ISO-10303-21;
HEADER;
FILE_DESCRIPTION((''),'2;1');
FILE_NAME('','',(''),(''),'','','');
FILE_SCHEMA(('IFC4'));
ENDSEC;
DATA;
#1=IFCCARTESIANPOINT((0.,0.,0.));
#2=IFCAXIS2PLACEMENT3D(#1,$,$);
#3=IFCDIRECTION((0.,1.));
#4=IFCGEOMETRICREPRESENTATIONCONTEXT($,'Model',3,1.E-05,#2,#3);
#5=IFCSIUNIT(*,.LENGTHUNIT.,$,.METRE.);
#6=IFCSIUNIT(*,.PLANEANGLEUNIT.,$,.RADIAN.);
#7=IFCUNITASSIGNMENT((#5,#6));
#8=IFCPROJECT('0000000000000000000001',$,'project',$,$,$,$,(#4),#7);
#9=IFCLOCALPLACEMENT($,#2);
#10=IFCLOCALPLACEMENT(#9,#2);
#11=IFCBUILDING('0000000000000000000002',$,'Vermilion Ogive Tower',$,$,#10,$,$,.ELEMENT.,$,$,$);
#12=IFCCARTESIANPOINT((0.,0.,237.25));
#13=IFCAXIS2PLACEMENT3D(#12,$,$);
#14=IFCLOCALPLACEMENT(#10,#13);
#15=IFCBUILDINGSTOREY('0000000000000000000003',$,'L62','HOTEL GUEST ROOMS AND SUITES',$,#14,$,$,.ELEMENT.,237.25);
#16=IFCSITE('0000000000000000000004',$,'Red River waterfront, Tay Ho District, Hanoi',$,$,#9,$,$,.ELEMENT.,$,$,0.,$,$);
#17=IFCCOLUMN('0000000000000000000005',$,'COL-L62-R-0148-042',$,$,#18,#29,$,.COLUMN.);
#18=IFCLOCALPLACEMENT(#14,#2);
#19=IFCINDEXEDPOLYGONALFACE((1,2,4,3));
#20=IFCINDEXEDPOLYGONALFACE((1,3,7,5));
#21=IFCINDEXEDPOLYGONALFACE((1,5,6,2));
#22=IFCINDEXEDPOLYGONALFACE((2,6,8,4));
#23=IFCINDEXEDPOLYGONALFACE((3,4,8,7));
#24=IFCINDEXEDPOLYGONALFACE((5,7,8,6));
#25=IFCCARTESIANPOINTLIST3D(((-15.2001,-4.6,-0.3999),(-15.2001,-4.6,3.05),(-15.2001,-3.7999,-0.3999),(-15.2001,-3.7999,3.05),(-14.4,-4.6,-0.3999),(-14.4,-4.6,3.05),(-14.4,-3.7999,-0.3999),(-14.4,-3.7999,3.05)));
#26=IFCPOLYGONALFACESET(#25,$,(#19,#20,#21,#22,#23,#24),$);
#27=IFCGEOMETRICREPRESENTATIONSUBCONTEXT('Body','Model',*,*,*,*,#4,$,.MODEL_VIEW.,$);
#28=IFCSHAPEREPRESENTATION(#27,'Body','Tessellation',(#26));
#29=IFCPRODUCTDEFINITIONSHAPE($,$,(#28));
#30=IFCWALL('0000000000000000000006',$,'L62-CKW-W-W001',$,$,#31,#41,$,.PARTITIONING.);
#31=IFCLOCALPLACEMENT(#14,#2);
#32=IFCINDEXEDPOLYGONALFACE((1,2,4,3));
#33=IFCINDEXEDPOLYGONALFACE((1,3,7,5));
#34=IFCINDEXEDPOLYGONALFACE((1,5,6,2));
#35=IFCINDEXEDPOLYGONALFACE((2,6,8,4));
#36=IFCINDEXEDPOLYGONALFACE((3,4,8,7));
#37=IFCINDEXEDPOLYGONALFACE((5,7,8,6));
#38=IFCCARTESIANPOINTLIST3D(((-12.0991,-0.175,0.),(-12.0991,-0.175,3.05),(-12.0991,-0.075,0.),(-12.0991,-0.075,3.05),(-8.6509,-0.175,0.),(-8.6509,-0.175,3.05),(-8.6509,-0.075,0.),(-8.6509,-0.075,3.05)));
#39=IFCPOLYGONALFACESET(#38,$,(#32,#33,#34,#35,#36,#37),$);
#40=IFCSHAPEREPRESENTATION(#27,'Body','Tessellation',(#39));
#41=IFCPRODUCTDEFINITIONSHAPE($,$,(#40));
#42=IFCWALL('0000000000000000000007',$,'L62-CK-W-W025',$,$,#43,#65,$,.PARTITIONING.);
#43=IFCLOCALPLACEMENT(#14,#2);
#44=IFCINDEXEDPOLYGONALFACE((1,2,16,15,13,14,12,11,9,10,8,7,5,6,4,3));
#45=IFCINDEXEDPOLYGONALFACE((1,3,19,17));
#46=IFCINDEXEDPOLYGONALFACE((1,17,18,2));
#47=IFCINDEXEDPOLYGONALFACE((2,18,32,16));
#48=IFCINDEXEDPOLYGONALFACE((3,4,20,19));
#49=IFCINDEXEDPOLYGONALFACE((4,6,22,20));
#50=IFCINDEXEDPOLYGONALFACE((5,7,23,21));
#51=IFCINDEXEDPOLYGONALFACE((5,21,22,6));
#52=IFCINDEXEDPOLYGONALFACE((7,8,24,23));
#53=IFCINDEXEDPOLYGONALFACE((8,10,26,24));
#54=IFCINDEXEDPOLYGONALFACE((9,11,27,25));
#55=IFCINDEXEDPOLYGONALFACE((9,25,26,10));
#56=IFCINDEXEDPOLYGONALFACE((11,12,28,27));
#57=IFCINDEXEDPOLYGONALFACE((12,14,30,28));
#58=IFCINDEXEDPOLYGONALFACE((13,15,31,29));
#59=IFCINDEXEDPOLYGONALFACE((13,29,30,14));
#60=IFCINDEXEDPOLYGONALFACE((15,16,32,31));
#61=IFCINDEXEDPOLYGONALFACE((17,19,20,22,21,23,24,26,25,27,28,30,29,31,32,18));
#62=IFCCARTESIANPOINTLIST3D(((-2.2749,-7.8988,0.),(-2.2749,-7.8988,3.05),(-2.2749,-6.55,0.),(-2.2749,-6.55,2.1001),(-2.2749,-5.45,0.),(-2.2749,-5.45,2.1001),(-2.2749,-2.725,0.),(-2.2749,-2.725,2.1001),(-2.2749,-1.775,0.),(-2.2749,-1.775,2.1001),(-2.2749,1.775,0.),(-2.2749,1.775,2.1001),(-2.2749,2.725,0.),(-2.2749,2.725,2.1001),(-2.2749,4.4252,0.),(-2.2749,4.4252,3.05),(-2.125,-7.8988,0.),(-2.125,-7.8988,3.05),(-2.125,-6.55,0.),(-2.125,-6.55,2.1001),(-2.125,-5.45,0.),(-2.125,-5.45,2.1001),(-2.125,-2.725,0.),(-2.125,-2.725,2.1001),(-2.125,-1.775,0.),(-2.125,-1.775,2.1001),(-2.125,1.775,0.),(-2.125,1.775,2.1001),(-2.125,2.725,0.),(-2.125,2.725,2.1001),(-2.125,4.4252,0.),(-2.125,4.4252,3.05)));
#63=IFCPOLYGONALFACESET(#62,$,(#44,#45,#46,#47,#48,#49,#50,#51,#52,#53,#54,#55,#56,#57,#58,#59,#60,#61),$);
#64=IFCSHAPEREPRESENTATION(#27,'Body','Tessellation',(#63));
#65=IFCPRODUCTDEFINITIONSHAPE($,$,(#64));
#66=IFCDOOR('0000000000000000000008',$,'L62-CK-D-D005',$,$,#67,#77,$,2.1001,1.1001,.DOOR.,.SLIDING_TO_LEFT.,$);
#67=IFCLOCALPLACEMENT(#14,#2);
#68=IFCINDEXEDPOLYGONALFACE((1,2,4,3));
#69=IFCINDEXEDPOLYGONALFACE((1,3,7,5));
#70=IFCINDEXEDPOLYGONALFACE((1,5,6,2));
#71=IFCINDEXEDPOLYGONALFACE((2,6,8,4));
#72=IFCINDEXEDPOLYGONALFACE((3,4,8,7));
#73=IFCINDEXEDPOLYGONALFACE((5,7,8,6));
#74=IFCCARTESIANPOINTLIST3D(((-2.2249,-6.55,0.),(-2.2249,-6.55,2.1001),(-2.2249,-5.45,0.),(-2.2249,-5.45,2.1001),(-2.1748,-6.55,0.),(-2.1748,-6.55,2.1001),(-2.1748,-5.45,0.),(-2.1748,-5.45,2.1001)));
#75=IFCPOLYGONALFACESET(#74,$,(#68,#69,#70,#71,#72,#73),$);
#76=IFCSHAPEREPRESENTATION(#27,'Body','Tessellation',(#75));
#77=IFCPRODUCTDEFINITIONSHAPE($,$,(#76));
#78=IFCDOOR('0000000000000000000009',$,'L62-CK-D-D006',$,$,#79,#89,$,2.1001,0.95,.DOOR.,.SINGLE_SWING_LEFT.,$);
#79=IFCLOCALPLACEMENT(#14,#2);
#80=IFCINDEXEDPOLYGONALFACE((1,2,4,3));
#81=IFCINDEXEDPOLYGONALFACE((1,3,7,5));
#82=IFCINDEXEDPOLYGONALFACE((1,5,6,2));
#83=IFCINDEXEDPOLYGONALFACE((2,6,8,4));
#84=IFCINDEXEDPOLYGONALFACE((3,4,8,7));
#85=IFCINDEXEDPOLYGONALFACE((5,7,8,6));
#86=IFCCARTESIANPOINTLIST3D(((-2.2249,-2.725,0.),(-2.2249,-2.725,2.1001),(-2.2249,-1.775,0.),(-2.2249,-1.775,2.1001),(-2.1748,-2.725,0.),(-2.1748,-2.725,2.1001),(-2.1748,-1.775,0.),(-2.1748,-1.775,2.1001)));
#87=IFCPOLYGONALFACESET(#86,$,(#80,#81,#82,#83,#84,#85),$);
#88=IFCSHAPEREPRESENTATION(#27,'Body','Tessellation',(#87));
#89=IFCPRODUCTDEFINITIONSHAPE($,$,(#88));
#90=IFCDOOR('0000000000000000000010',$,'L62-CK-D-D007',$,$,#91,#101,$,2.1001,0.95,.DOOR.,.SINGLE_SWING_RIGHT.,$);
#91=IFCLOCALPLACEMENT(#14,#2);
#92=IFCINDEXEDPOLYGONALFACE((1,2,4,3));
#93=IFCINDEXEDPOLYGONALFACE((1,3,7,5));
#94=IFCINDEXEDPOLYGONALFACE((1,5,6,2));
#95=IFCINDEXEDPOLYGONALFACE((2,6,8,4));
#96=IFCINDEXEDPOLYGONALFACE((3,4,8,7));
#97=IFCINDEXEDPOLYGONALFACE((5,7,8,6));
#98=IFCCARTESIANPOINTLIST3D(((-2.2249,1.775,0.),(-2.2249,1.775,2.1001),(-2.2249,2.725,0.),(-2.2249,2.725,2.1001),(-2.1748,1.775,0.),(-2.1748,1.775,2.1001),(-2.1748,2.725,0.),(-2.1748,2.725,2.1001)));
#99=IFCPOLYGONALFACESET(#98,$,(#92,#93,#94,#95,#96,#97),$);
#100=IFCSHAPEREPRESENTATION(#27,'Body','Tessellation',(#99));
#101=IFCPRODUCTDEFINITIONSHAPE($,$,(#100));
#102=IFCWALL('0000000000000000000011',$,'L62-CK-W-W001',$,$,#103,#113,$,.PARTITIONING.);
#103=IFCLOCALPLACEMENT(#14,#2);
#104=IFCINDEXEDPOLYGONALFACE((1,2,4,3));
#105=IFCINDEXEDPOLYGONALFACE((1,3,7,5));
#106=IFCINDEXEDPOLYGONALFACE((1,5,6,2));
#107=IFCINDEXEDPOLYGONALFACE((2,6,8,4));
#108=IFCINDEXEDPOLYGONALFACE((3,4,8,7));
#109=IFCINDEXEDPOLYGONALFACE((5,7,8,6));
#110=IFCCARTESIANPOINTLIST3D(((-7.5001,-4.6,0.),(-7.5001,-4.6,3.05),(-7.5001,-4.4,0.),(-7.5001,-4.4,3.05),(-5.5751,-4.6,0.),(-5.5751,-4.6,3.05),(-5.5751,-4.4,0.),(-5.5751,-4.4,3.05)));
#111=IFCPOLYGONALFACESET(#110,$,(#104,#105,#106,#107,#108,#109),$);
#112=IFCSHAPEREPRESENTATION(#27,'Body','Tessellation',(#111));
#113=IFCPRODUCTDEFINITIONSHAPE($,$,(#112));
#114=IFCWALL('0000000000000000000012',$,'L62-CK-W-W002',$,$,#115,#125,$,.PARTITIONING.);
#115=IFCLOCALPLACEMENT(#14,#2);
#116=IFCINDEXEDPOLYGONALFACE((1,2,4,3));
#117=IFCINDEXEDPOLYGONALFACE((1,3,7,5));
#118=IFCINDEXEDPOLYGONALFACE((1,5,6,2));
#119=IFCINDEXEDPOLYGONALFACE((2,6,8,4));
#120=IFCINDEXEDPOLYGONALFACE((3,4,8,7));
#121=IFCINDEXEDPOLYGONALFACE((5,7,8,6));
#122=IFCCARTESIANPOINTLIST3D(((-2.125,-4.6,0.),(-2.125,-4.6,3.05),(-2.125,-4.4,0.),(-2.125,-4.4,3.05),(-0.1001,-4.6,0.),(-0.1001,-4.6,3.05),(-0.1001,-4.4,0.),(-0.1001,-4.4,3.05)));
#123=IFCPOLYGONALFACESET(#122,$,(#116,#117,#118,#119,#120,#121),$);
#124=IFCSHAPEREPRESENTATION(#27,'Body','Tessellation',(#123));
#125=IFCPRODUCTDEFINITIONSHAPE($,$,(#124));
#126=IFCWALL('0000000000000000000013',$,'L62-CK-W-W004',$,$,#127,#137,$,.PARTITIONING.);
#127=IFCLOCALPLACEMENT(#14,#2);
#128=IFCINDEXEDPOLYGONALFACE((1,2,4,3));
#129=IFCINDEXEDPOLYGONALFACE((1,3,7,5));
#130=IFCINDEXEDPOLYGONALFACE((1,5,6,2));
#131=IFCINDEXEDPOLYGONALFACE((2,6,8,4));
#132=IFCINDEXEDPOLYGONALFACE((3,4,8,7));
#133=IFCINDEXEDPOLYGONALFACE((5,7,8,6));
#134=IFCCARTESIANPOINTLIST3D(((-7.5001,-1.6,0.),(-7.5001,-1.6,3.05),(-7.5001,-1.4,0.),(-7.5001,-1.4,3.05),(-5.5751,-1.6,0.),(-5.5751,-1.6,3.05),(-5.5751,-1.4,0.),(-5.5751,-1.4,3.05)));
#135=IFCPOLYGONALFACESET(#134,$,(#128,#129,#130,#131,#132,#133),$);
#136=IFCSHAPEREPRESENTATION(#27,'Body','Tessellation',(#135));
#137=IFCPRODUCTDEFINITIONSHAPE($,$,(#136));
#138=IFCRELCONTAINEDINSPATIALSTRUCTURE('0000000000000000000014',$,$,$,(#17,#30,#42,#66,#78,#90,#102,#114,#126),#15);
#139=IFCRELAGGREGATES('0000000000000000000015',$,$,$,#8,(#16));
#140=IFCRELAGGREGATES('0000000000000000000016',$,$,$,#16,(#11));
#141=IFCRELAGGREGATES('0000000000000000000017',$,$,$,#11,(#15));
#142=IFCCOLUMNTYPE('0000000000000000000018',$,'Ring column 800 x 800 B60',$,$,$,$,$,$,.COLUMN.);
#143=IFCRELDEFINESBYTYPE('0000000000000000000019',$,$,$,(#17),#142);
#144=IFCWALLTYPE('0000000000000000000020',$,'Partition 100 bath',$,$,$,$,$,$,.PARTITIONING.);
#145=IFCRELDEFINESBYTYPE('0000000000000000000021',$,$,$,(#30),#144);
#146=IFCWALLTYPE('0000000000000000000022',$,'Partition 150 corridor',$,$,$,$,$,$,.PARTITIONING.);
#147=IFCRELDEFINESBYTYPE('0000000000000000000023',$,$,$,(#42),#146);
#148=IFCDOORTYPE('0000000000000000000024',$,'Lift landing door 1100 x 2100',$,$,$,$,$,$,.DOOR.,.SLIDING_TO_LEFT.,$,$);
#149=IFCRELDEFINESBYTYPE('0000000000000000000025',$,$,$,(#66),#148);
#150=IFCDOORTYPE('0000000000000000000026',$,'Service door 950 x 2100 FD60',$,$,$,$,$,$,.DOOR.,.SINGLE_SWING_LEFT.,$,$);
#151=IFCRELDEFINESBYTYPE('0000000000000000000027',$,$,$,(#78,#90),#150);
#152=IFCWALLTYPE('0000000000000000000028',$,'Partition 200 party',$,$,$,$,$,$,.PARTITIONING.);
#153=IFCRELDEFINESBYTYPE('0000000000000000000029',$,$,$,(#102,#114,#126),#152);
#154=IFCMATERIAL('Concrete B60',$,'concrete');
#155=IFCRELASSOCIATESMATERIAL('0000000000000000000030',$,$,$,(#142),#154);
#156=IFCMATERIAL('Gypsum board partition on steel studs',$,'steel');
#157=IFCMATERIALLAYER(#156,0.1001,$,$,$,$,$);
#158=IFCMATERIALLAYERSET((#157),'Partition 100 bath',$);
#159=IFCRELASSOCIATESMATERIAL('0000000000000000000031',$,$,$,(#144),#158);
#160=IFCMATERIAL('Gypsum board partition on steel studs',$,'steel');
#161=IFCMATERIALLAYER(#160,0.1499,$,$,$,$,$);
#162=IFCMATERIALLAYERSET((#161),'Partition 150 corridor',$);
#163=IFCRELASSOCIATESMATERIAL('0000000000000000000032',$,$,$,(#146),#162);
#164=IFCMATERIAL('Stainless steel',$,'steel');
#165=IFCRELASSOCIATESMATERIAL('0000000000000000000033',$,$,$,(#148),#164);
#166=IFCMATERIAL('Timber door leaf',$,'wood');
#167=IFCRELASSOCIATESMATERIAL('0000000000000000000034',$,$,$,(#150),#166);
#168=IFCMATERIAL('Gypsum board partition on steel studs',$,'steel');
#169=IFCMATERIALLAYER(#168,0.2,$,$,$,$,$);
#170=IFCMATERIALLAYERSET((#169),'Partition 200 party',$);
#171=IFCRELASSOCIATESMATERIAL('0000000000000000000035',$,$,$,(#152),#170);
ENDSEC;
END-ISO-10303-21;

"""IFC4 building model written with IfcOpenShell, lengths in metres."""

from ifc_helpers import new_model, si_unit, direction, frame, frame_2d, origin, origin_2d, place, context, subcontext, project, spatial, rectangle, extrude, material, layer, layer_set, material_profile, profile_set, type_object, element, fill, save


model = new_model("IFC4")

# Units and contexts
model_context = context("Model", 3, precision=1e-05, world=origin(), true_north=direction((0.0, 1.0)))
body_context = subcontext(model_context, "Body", "Model", "MODEL_VIEW")
ifc_project = project(units=[si_unit("LENGTHUNIT", "METRE"), si_unit("PLANEANGLEUNIT", "RADIAN")], contexts=[model_context])

# Site, building, storey
site_placement = place(None, origin())
site = spatial("IfcSite", under=ifc_project, at=site_placement, Name="Red River waterfront, Tay Ho District, Hanoi", CompositionType="ELEMENT", RefElevation=0.0)
building_placement = place(site_placement, origin())
building = spatial("IfcBuilding", under=site, at=building_placement, Name="Vermilion Ogive Tower", CompositionType="ELEMENT")
storey_placement = place(building_placement, frame((0.0, 0.0, 237.25)))
storey = spatial("IfcBuildingStorey", under=building, at=storey_placement, Name="L62", Description="HOTEL GUEST ROOMS AND SUITES", CompositionType="ELEMENT", Elevation=237.25)

# Column
ifc_material_1 = material(Name="Concrete B60", Category="concrete")
ifc_material_profile = material_profile(ifc_material_1, rectangle(XDim=0.8, YDim=0.8, at=origin_2d()), Name="800 x 800")
ifc_profile_set = profile_set([ifc_material_profile], Name="Concrete B60")
column_type = type_object("IfcColumnType", Name="Ring column 800 x 800 B60", PredefinedType="COLUMN", material=ifc_profile_set)
column_placement = place(storey_placement, frame((-14.8, -4.2, -0.3999), z_axis=(0.0, 0.0, 1.0), x_axis=(1.0, 0.0, 0.0)))
element("IfcColumn", 1, at=column_placement, inside=storey, type_object=column_type, Name="COL-L62-R-0148-042", PredefinedType="COLUMN", context=body_context, shape_type="SweptSolid", body=[
    extrude(rectangle(XDim=0.8, YDim=0.8, at=origin_2d()), origin(), (0.0, 0.0, 1.0), 3.45),
])

# Wall
ifc_material_2 = material(Name="Gypsum board partition on steel studs", Category="steel")
ifc_layer_1 = layer(ifc_material_2, 0.1001)
ifc_layer_set_1 = layer_set([ifc_layer_1], Name="Partition 100 bath")
wall_type_1 = type_object("IfcWallType", Name="Partition 100 bath", PredefinedType="PARTITIONING", material=ifc_layer_set_1)
wall_1_placement = place(storey_placement, frame((-12.0991, -0.125, 0.0), z_axis=(0.0, 0.0, 1.0), x_axis=(1.0, 0.0, 0.0)))
element("IfcWall", 2, at=wall_1_placement, inside=storey, type_object=wall_type_1, Name="L62-CKW-W-W001", PredefinedType="PARTITIONING", context=body_context, shape_type="SweptSolid", body=[
    extrude(rectangle(XDim=3.4482, YDim=0.1001, at=frame_2d((1.7241, 0.0))), origin(), (0.0, 0.0, 1.0), 3.05),
])

# Wall, openings, doors
ifc_material_3 = material(Name="Gypsum board partition on steel studs", Category="steel")
ifc_layer_2 = layer(ifc_material_3, 0.1499)
ifc_layer_set_2 = layer_set([ifc_layer_2], Name="Partition 150 corridor")
wall_type_2 = type_object("IfcWallType", Name="Partition 150 corridor", PredefinedType="PARTITIONING", material=ifc_layer_set_2)
wall_2_placement = place(storey_placement, frame((-2.2, -7.8989, 0.0), z_axis=(0.0, 0.0, 1.0), x_axis=(0.0, 1.0, 0.0)))
wall_2 = element("IfcWall", 3, at=wall_2_placement, inside=storey, type_object=wall_type_2, Name="L62-CK-W-W025", PredefinedType="PARTITIONING", context=body_context, shape_type="SweptSolid", body=[
    extrude(rectangle(XDim=12.324, YDim=0.1499, at=frame_2d((6.1621, 0.0))), origin(), (0.0, 0.0, 1.0), 3.05),
])
opening_1_placement = place(wall_2_placement, frame((1.3489, 0.0, 0.0)))
opening_1 = element("IfcOpeningElement", 4, at=opening_1_placement, cuts=wall_2, PredefinedType="OPENING", context=body_context, shape_type="SweptSolid", body=[
    extrude(rectangle(XDim=1.1001, YDim=2.1001, at=frame_2d((0.55, 1.05))), frame((0.0, 0.085, 0.0), z_axis=(0.0, -1.0, 0.0), x_axis=(1.0, 0.0, 0.0)), (0.0, 0.0, 1.0), 0.1699),
])
opening_2_placement = place(wall_2_placement, frame((5.1738, 0.0, 0.0)))
opening_2 = element("IfcOpeningElement", 5, at=opening_2_placement, cuts=wall_2, PredefinedType="OPENING", context=body_context, shape_type="SweptSolid", body=[
    extrude(rectangle(XDim=0.95, YDim=2.1001, at=frame_2d((0.4751, 1.05))), frame((0.0, 0.085, 0.0), z_axis=(0.0, -1.0, 0.0), x_axis=(1.0, 0.0, 0.0)), (0.0, 0.0, 1.0), 0.1699),
])
opening_3_placement = place(wall_2_placement, frame((9.6738, 0.0, 0.0)))
opening_3 = element("IfcOpeningElement", 6, at=opening_3_placement, cuts=wall_2, PredefinedType="OPENING", context=body_context, shape_type="SweptSolid", body=[
    extrude(rectangle(XDim=0.95, YDim=2.1001, at=frame_2d((0.4751, 1.05))), frame((0.0, 0.085, 0.0), z_axis=(0.0, -1.0, 0.0), x_axis=(1.0, 0.0, 0.0)), (0.0, 0.0, 1.0), 0.1699),
])
ifc_material_4 = material(Name="Stainless steel", Category="steel")
door_type_1 = type_object("IfcDoorType", Name="Lift landing door 1100 x 2100", OperationType="SLIDING_TO_LEFT", PredefinedType="DOOR", material=ifc_material_4)
door_1_placement = place(opening_1_placement, origin())
door_1 = element("IfcDoor", 7, at=door_1_placement, inside=storey, type_object=door_type_1, Name="L62-CK-D-D005", OperationType="SLIDING_TO_LEFT", OverallHeight=2.1001, OverallWidth=1.1001, PredefinedType="DOOR", context=body_context, shape_type="SweptSolid", body=[
    extrude(rectangle(XDim=1.1001, YDim=2.1001, at=frame_2d((0.55, 1.05))), frame((0.0, 0.0249, 0.0), z_axis=(0.0, -1.0, 0.0), x_axis=(1.0, 0.0, 0.0)), (0.0, 0.0, 1.0), 0.05),
])
fill(opening_1, door_1)
ifc_material_5 = material(Name="Timber door leaf", Category="wood")
door_type_2 = type_object("IfcDoorType", Name="Service door 950 x 2100 FD60", OperationType="SINGLE_SWING_LEFT", PredefinedType="DOOR", material=ifc_material_5)
door_2_placement = place(opening_2_placement, origin())
door_2 = element("IfcDoor", 8, at=door_2_placement, inside=storey, type_object=door_type_2, Name="L62-CK-D-D006", OperationType="SINGLE_SWING_LEFT", OverallHeight=2.1001, OverallWidth=0.95, PredefinedType="DOOR", context=body_context, shape_type="SweptSolid", body=[
    extrude(rectangle(XDim=0.95, YDim=2.1001, at=frame_2d((0.4751, 1.05))), frame((0.0, 0.0249, 0.0), z_axis=(0.0, -1.0, 0.0), x_axis=(1.0, 0.0, 0.0)), (0.0, 0.0, 1.0), 0.05),
])
fill(opening_2, door_2)
door_3_placement = place(opening_3_placement, origin())
door_3 = element("IfcDoor", 9, at=door_3_placement, inside=storey, type_object=door_type_2, Name="L62-CK-D-D007", OperationType="SINGLE_SWING_RIGHT", OverallHeight=2.1001, OverallWidth=0.95, PredefinedType="DOOR", context=body_context, shape_type="SweptSolid", body=[
    extrude(rectangle(XDim=0.95, YDim=2.1001, at=frame_2d((0.4751, 1.05))), frame((0.0, 0.0249, 0.0), z_axis=(0.0, -1.0, 0.0), x_axis=(1.0, 0.0, 0.0)), (0.0, 0.0, 1.0), 0.05),
])
fill(opening_3, door_3)

# Walls
ifc_material_6 = material(Name="Gypsum board partition on steel studs", Category="steel")
ifc_layer_3 = layer(ifc_material_6, 0.2)
ifc_layer_set_3 = layer_set([ifc_layer_3], Name="Partition 200 party")
wall_type_3 = type_object("IfcWallType", Name="Partition 200 party", PredefinedType="PARTITIONING", material=ifc_layer_set_3)
wall_3_placement = place(storey_placement, frame((-7.5, -4.5, 0.0), z_axis=(0.0, 0.0, 1.0), x_axis=(1.0, 0.0, 0.0)))
element("IfcWall", 10, at=wall_3_placement, inside=storey, type_object=wall_type_3, Name="L62-CK-W-W001", PredefinedType="PARTITIONING", context=body_context, shape_type="SweptSolid", body=[
    extrude(rectangle(XDim=1.925, YDim=0.2, at=frame_2d((0.9624, 0.0))), origin(), (0.0, 0.0, 1.0), 3.05),
])
wall_4_placement = place(storey_placement, frame((-2.125, -4.5, 0.0), z_axis=(0.0, 0.0, 1.0), x_axis=(1.0, 0.0, 0.0)))
element("IfcWall", 11, at=wall_4_placement, inside=storey, type_object=wall_type_3, Name="L62-CK-W-W002", PredefinedType="PARTITIONING", context=body_context, shape_type="SweptSolid", body=[
    extrude(rectangle(XDim=2.0249, YDim=0.2, at=frame_2d((1.0125, 0.0))), origin(), (0.0, 0.0, 1.0), 3.05),
])
wall_5_placement = place(storey_placement, frame((-7.5, -1.5, 0.0), z_axis=(0.0, 0.0, 1.0), x_axis=(1.0, 0.0, 0.0)))
element("IfcWall", 12, at=wall_5_placement, inside=storey, type_object=wall_type_3, Name="L62-CK-W-W004", PredefinedType="PARTITIONING", context=body_context, shape_type="SweptSolid", body=[
    extrude(rectangle(XDim=1.925, YDim=0.2, at=frame_2d((0.9624, 0.0))), origin(), (0.0, 0.0, 1.0), 3.05),
])

save(model, "model.ifc")
